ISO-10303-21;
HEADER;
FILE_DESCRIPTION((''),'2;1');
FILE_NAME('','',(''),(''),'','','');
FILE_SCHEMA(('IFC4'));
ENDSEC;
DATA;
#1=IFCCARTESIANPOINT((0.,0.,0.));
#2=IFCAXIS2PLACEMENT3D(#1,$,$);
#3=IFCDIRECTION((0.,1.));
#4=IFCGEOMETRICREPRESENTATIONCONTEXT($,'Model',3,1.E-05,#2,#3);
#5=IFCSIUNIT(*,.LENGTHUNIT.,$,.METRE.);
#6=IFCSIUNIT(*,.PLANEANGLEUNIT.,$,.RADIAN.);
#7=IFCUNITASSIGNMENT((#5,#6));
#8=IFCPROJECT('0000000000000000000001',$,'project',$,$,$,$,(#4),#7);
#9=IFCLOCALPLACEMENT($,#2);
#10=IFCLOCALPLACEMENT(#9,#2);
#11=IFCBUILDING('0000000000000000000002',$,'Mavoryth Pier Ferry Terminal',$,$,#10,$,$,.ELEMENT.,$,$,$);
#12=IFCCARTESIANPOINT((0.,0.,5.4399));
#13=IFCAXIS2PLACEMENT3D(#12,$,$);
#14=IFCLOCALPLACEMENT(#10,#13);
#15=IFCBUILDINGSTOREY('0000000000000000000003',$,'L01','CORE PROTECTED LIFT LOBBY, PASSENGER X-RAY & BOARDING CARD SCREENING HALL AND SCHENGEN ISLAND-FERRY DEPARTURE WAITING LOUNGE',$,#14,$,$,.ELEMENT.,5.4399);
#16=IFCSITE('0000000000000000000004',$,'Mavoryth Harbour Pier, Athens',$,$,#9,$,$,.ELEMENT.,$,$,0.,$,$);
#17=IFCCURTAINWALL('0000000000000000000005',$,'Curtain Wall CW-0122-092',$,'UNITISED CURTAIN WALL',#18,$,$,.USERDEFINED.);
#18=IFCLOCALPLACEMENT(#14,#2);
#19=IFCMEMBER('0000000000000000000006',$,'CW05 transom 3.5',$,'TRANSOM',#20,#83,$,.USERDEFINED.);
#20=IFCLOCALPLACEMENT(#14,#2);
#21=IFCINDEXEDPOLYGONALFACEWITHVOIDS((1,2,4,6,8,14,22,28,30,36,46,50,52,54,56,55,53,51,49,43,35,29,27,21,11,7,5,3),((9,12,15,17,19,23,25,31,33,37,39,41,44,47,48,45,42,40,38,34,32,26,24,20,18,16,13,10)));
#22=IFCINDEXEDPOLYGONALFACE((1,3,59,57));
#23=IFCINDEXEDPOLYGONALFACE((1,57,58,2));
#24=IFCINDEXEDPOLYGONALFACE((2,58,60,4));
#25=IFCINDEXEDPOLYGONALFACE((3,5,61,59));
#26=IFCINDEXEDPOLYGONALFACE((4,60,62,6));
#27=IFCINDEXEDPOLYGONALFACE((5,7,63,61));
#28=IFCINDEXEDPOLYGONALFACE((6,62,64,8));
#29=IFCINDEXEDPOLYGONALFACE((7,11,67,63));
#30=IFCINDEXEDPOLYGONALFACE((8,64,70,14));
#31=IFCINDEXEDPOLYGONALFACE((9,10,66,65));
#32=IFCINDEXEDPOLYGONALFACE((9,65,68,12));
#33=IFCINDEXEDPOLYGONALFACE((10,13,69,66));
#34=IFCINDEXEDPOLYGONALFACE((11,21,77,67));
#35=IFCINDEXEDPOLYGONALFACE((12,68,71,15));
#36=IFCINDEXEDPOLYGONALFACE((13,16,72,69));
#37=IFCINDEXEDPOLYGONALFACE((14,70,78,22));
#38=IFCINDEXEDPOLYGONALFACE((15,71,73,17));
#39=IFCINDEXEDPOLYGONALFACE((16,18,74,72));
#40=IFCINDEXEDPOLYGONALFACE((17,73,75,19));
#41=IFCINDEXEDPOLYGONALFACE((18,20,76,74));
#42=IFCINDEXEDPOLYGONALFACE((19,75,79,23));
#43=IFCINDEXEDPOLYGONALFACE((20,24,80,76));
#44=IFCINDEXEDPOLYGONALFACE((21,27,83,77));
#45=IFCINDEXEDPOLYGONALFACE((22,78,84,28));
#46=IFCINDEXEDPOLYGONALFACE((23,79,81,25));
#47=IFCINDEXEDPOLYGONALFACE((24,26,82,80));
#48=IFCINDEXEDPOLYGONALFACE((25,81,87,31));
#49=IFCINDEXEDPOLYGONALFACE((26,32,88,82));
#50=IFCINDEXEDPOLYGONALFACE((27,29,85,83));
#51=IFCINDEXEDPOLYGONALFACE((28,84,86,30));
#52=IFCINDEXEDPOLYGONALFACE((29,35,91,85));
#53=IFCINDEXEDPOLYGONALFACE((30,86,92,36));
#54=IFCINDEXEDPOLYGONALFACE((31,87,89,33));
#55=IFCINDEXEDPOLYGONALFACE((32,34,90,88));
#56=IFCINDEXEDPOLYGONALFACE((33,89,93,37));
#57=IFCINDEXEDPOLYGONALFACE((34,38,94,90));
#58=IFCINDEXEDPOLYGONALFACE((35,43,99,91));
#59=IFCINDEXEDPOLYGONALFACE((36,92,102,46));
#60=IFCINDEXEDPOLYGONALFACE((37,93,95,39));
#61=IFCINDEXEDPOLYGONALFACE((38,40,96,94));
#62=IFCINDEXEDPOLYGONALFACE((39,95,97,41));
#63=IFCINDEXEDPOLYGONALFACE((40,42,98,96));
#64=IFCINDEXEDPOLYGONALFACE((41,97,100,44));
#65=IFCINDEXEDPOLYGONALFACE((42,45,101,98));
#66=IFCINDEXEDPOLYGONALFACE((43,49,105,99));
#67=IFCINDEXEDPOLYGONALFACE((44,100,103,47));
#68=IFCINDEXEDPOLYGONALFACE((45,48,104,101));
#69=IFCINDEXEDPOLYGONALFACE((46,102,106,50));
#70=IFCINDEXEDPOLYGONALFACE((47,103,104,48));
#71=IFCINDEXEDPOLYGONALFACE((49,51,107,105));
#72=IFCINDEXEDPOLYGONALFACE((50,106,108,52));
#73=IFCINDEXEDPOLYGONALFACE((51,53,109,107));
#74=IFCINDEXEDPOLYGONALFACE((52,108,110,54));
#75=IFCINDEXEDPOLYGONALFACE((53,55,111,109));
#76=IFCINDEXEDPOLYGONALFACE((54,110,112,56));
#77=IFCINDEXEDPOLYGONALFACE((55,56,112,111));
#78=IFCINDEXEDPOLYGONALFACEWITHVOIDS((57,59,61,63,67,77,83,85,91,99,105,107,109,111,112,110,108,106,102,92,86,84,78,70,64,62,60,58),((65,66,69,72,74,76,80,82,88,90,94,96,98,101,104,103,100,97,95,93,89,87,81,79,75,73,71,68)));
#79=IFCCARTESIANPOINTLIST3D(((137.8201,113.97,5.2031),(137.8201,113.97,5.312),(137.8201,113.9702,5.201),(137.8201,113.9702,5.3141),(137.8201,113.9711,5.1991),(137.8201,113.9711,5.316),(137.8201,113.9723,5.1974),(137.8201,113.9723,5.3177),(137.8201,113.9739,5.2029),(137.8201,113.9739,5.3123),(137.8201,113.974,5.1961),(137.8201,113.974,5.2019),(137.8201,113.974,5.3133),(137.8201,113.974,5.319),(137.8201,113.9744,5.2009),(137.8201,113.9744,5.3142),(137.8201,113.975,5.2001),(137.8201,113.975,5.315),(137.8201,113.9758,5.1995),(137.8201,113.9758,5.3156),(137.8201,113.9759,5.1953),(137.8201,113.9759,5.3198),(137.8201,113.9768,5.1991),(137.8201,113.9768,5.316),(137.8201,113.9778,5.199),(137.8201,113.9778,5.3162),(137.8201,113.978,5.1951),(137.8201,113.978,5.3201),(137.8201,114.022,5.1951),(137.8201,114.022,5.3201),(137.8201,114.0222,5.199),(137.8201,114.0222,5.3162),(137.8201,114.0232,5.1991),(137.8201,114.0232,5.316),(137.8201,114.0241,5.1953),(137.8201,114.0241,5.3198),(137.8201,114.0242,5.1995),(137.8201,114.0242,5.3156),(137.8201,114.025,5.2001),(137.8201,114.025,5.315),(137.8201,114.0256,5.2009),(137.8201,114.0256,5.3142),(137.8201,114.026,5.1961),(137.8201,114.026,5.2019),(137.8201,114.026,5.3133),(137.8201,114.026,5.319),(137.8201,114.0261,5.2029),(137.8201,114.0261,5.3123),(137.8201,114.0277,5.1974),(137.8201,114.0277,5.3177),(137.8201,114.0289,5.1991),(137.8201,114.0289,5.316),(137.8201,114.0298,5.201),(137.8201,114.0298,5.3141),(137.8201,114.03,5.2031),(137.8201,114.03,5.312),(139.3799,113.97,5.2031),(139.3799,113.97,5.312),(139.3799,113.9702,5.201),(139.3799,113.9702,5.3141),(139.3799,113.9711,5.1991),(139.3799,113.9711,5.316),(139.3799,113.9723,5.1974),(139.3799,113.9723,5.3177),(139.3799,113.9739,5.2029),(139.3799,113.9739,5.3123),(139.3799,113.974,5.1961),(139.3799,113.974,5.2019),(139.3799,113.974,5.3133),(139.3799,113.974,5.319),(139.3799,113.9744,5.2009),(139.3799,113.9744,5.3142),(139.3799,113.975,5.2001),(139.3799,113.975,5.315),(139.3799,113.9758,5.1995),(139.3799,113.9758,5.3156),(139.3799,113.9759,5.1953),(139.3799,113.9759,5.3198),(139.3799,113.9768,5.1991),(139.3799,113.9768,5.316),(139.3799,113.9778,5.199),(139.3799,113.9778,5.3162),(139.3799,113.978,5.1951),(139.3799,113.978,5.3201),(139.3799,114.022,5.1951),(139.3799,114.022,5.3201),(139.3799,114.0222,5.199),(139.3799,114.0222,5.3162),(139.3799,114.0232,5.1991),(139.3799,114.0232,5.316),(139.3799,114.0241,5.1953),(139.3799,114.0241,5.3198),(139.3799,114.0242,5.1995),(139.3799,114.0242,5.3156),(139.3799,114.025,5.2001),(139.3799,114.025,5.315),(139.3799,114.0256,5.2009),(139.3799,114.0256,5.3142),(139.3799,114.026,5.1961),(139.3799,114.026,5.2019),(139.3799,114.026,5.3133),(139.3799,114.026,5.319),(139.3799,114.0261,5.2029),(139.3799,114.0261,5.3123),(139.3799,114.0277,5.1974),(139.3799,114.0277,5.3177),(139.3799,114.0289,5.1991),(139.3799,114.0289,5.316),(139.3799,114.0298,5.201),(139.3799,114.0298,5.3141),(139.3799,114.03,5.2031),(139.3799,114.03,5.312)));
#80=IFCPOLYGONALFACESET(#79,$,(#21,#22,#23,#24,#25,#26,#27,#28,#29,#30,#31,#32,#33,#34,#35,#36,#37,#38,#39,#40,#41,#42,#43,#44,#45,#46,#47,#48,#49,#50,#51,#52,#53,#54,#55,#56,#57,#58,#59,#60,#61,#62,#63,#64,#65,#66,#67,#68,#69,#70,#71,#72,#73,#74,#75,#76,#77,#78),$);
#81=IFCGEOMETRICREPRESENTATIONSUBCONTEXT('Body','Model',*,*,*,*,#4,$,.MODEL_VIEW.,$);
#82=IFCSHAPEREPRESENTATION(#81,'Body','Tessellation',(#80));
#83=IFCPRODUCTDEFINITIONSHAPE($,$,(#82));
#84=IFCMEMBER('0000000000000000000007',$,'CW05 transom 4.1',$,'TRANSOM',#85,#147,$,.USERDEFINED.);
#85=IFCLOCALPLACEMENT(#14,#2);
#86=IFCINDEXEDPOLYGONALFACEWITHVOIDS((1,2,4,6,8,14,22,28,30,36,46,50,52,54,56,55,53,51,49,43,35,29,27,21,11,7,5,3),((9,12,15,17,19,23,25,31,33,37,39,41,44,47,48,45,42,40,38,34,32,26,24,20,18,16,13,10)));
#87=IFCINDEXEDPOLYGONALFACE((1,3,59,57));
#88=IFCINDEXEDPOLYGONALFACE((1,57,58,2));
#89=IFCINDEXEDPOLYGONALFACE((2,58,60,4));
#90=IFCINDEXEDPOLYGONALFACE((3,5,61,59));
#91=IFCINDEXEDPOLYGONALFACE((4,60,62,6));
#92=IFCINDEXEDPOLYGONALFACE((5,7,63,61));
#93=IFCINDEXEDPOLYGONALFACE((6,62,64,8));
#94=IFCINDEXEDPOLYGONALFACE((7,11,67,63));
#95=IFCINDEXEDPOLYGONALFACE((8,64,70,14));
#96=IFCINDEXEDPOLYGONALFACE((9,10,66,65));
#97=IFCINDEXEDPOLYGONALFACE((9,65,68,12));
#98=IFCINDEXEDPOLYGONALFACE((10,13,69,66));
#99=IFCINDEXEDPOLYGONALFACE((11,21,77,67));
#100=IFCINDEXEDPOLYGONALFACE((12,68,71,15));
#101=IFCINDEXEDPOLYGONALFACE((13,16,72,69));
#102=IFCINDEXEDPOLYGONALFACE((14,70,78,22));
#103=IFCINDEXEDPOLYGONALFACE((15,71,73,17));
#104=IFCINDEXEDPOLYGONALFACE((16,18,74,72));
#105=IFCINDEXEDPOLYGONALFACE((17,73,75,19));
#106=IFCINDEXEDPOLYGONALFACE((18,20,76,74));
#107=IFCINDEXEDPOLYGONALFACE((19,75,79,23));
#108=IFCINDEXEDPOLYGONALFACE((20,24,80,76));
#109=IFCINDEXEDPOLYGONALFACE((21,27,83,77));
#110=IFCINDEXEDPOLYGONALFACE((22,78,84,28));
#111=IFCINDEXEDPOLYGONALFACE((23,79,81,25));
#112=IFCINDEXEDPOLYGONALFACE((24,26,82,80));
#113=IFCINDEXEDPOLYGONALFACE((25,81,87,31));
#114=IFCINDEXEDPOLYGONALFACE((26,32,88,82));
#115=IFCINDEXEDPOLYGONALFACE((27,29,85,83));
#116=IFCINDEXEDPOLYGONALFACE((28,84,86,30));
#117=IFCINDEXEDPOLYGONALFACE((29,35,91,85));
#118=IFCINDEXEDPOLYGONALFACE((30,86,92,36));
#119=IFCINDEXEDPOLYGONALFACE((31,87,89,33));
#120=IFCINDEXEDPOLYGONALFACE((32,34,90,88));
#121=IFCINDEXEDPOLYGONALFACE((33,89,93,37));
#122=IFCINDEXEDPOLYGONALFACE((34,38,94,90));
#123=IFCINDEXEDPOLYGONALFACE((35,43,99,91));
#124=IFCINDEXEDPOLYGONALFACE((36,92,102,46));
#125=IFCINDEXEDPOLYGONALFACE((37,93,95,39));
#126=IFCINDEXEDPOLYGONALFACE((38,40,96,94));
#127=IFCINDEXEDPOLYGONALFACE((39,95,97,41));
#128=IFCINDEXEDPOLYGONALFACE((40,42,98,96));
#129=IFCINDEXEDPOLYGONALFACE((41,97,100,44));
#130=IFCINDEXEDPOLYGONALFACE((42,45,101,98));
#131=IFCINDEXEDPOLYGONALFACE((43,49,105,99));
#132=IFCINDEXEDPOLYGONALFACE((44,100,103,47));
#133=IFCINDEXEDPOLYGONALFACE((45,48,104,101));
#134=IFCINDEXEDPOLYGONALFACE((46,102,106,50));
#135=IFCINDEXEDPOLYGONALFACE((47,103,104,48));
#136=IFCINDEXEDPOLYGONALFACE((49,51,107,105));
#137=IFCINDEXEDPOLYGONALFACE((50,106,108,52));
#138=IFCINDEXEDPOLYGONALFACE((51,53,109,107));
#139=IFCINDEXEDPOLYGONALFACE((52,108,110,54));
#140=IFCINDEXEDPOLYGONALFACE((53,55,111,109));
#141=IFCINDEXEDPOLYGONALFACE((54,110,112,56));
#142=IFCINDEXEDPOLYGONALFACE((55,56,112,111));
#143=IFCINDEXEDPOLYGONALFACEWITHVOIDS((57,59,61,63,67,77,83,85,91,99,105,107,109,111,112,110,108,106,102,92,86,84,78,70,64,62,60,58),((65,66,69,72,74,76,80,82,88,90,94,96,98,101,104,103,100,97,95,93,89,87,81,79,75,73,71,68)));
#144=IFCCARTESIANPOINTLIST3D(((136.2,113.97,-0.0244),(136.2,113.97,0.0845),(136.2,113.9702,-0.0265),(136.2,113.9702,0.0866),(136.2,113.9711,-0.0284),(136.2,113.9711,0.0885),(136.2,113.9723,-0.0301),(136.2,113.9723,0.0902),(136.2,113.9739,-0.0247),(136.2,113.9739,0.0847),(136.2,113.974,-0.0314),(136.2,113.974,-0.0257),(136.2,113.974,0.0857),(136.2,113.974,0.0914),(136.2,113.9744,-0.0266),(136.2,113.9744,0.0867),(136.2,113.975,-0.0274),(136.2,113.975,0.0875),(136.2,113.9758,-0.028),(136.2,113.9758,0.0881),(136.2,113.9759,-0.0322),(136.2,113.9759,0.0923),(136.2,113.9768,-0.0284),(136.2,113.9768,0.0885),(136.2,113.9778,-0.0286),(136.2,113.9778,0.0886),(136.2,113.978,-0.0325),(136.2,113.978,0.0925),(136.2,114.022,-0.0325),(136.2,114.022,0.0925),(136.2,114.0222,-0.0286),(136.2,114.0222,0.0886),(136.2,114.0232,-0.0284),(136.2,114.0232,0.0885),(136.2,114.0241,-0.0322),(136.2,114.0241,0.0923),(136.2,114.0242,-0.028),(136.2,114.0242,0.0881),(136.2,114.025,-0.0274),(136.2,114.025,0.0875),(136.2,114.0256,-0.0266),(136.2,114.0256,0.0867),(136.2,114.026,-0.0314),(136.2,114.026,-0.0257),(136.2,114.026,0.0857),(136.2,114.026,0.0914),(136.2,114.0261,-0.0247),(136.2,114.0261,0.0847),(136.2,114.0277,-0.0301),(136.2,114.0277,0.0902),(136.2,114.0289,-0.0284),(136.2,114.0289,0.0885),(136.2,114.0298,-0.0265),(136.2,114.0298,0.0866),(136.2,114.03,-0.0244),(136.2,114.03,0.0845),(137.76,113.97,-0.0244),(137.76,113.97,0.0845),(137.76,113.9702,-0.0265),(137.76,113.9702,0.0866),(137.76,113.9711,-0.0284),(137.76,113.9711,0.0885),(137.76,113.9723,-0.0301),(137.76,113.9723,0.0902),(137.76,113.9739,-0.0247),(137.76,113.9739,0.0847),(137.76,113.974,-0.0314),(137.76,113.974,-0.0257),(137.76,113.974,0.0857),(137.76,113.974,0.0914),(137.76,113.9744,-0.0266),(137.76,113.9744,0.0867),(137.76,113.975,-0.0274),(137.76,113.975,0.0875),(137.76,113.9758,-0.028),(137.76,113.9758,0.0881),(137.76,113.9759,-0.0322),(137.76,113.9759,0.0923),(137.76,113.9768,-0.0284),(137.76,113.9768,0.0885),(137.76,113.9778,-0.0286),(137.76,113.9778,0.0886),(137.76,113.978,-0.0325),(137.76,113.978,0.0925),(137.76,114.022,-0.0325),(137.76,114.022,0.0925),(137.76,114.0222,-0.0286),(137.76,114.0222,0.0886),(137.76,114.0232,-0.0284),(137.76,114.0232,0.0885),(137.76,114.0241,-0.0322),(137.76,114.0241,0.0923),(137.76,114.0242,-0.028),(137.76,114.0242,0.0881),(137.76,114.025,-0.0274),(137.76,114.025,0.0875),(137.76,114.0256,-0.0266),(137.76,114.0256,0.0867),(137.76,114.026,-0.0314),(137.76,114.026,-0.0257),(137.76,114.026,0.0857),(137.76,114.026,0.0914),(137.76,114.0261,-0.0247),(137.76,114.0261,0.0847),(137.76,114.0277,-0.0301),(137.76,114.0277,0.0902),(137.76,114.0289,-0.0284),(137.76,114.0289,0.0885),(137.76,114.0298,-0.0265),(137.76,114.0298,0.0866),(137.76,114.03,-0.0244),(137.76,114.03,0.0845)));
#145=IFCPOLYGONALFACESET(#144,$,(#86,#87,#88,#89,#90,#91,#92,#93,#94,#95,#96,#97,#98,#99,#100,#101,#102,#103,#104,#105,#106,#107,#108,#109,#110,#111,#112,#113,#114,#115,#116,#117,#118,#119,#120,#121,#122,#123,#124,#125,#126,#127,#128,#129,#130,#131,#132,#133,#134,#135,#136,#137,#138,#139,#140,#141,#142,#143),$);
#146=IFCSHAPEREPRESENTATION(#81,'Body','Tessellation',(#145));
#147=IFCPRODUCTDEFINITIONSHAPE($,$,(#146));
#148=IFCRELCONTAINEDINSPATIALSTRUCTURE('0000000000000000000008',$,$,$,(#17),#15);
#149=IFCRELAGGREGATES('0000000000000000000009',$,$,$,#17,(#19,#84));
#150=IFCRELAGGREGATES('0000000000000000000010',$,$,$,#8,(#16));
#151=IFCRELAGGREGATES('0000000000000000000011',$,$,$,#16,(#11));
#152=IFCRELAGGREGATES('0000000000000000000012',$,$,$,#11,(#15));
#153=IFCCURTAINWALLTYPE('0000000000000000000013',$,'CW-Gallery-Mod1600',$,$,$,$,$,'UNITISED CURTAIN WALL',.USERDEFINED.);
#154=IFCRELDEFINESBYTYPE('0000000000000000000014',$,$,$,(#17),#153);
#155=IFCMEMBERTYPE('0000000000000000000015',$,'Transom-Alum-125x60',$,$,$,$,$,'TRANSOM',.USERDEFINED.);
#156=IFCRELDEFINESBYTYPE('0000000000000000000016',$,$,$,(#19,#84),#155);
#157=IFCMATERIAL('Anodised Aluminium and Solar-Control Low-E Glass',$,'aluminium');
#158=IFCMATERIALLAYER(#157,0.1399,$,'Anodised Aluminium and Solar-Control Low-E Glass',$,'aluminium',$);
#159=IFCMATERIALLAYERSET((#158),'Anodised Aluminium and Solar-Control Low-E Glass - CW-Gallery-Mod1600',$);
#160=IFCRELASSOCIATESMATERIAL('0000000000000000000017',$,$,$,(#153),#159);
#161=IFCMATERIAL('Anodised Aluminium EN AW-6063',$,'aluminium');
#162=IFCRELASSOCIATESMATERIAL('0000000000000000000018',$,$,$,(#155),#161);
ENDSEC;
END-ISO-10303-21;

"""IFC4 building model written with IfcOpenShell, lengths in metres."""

from ifc_helpers import new_model, si_unit, direction, frame, origin, origin_2d, place, context, subcontext, project, spatial, hollow_rectangle, extrude, material, layer, layer_set, material_profile, profile_set, type_object, element, aggregate, save


model = new_model("IFC4")

# Units and contexts
model_context = context("Model", 3, precision=1e-05, world=origin(), true_north=direction((0.0, 1.0)))
body_context = subcontext(model_context, "Body", "Model", "MODEL_VIEW")
ifc_project = project(units=[si_unit("LENGTHUNIT", "METRE"), si_unit("PLANEANGLEUNIT", "RADIAN")], contexts=[model_context])

# Site, building, storey
site_placement = place(None, origin())
site = spatial("IfcSite", under=ifc_project, at=site_placement, Name="Mavoryth Harbour Pier, Athens", CompositionType="ELEMENT", RefElevation=0.0)
building_placement = place(site_placement, origin())
building = spatial("IfcBuilding", under=site, at=building_placement, Name="Mavoryth Pier Ferry Terminal", CompositionType="ELEMENT")
storey_placement = place(building_placement, frame((0.0, 0.0, 5.4399)))
storey = spatial("IfcBuildingStorey", under=building, at=storey_placement, Name="L01", Description="CORE PROTECTED LIFT LOBBY, PASSENGER X-RAY & BOARDING CARD SCREENING HALL AND SCHENGEN ISLAND-FERRY DEPARTURE WAITING LOUNGE", CompositionType="ELEMENT", Elevation=5.4399)

# Curtain wall, members
ifc_material_1 = material(Name="Anodised Aluminium and Solar-Control Low-E Glass", Category="aluminium")
ifc_layer_1 = layer(ifc_material_1, 0.1399, Name="Anodised Aluminium and Solar-Control Low-E Glass", Category="aluminium")
ifc_layer_set_1 = layer_set([ifc_layer_1], Name="Anodised Aluminium and Solar-Control Low-E Glass - CW-Gallery-Mod1600")
curtain_wall_type = type_object("IfcCurtainWallType", Name="CW-Gallery-Mod1600", ElementType="UNITISED CURTAIN WALL", PredefinedType="USERDEFINED", material=ifc_layer_set_1)
curtain_wall_placement = place(storey_placement, origin())
curtain_wall = element("IfcCurtainWall", 1, at=curtain_wall_placement, inside=storey, type_object=curtain_wall_type, Name="Curtain Wall CW-0122-092", ObjectType="UNITISED CURTAIN WALL", PredefinedType="USERDEFINED")
ifc_material_2 = material(Name="Anodised Aluminium EN AW-6063", Category="aluminium")
ifc_material_profile_1 = material_profile(ifc_material_2, hollow_rectangle(XDim=0.0601, YDim=0.125, WallThickness=0.0039, InnerFilletRadius=0.0039, OuterFilletRadius=0.0081, at=origin_2d()), Name="AL-TRAN 125x60x4", Category="aluminium")
ifc_profile_set_1 = profile_set([ifc_material_profile_1], Name="Anodised Aluminium EN AW-6063 - AL-TRAN 125x60x4")
member_type_1 = type_object("IfcMemberType", Name="Transom-Alum-125x60", ElementType="TRANSOM", PredefinedType="USERDEFINED", material=ifc_profile_set_1)
member_1_placement = place(storey_placement, frame((139.3799, 114.0, 5.2576), z_axis=(-1.0, 0.0, 0.0), x_axis=(0.0, -1.0, 0.0)))
member_1 = element("IfcMember", 2, at=member_1_placement, type_object=member_type_1, Name="CW05 transom 3.5", ObjectType="TRANSOM", PredefinedType="USERDEFINED", context=body_context, shape_type="SweptSolid", body=[
    extrude(hollow_rectangle(XDim=0.0601, YDim=0.125, WallThickness=0.0039, InnerFilletRadius=0.0039, OuterFilletRadius=0.0081, at=origin_2d()), origin(), (0.0, 0.0, 1.0), 1.5598),
])
member_2_placement = place(storey_placement, frame((137.76, 114.0, 0.03), z_axis=(-1.0, 0.0, 0.0), x_axis=(0.0, -1.0, 0.0)))
member_2 = element("IfcMember", 3, at=member_2_placement, type_object=member_type_1, Name="CW05 transom 4.1", ObjectType="TRANSOM", PredefinedType="USERDEFINED", context=body_context, shape_type="SweptSolid", body=[
    extrude(hollow_rectangle(XDim=0.0601, YDim=0.125, WallThickness=0.0039, InnerFilletRadius=0.0039, OuterFilletRadius=0.0081, at=origin_2d()), origin(), (0.0, 0.0, 1.0), 1.5601),
])
aggregate(curtain_wall, [member_1, member_2])

save(model, "model.ifc")
